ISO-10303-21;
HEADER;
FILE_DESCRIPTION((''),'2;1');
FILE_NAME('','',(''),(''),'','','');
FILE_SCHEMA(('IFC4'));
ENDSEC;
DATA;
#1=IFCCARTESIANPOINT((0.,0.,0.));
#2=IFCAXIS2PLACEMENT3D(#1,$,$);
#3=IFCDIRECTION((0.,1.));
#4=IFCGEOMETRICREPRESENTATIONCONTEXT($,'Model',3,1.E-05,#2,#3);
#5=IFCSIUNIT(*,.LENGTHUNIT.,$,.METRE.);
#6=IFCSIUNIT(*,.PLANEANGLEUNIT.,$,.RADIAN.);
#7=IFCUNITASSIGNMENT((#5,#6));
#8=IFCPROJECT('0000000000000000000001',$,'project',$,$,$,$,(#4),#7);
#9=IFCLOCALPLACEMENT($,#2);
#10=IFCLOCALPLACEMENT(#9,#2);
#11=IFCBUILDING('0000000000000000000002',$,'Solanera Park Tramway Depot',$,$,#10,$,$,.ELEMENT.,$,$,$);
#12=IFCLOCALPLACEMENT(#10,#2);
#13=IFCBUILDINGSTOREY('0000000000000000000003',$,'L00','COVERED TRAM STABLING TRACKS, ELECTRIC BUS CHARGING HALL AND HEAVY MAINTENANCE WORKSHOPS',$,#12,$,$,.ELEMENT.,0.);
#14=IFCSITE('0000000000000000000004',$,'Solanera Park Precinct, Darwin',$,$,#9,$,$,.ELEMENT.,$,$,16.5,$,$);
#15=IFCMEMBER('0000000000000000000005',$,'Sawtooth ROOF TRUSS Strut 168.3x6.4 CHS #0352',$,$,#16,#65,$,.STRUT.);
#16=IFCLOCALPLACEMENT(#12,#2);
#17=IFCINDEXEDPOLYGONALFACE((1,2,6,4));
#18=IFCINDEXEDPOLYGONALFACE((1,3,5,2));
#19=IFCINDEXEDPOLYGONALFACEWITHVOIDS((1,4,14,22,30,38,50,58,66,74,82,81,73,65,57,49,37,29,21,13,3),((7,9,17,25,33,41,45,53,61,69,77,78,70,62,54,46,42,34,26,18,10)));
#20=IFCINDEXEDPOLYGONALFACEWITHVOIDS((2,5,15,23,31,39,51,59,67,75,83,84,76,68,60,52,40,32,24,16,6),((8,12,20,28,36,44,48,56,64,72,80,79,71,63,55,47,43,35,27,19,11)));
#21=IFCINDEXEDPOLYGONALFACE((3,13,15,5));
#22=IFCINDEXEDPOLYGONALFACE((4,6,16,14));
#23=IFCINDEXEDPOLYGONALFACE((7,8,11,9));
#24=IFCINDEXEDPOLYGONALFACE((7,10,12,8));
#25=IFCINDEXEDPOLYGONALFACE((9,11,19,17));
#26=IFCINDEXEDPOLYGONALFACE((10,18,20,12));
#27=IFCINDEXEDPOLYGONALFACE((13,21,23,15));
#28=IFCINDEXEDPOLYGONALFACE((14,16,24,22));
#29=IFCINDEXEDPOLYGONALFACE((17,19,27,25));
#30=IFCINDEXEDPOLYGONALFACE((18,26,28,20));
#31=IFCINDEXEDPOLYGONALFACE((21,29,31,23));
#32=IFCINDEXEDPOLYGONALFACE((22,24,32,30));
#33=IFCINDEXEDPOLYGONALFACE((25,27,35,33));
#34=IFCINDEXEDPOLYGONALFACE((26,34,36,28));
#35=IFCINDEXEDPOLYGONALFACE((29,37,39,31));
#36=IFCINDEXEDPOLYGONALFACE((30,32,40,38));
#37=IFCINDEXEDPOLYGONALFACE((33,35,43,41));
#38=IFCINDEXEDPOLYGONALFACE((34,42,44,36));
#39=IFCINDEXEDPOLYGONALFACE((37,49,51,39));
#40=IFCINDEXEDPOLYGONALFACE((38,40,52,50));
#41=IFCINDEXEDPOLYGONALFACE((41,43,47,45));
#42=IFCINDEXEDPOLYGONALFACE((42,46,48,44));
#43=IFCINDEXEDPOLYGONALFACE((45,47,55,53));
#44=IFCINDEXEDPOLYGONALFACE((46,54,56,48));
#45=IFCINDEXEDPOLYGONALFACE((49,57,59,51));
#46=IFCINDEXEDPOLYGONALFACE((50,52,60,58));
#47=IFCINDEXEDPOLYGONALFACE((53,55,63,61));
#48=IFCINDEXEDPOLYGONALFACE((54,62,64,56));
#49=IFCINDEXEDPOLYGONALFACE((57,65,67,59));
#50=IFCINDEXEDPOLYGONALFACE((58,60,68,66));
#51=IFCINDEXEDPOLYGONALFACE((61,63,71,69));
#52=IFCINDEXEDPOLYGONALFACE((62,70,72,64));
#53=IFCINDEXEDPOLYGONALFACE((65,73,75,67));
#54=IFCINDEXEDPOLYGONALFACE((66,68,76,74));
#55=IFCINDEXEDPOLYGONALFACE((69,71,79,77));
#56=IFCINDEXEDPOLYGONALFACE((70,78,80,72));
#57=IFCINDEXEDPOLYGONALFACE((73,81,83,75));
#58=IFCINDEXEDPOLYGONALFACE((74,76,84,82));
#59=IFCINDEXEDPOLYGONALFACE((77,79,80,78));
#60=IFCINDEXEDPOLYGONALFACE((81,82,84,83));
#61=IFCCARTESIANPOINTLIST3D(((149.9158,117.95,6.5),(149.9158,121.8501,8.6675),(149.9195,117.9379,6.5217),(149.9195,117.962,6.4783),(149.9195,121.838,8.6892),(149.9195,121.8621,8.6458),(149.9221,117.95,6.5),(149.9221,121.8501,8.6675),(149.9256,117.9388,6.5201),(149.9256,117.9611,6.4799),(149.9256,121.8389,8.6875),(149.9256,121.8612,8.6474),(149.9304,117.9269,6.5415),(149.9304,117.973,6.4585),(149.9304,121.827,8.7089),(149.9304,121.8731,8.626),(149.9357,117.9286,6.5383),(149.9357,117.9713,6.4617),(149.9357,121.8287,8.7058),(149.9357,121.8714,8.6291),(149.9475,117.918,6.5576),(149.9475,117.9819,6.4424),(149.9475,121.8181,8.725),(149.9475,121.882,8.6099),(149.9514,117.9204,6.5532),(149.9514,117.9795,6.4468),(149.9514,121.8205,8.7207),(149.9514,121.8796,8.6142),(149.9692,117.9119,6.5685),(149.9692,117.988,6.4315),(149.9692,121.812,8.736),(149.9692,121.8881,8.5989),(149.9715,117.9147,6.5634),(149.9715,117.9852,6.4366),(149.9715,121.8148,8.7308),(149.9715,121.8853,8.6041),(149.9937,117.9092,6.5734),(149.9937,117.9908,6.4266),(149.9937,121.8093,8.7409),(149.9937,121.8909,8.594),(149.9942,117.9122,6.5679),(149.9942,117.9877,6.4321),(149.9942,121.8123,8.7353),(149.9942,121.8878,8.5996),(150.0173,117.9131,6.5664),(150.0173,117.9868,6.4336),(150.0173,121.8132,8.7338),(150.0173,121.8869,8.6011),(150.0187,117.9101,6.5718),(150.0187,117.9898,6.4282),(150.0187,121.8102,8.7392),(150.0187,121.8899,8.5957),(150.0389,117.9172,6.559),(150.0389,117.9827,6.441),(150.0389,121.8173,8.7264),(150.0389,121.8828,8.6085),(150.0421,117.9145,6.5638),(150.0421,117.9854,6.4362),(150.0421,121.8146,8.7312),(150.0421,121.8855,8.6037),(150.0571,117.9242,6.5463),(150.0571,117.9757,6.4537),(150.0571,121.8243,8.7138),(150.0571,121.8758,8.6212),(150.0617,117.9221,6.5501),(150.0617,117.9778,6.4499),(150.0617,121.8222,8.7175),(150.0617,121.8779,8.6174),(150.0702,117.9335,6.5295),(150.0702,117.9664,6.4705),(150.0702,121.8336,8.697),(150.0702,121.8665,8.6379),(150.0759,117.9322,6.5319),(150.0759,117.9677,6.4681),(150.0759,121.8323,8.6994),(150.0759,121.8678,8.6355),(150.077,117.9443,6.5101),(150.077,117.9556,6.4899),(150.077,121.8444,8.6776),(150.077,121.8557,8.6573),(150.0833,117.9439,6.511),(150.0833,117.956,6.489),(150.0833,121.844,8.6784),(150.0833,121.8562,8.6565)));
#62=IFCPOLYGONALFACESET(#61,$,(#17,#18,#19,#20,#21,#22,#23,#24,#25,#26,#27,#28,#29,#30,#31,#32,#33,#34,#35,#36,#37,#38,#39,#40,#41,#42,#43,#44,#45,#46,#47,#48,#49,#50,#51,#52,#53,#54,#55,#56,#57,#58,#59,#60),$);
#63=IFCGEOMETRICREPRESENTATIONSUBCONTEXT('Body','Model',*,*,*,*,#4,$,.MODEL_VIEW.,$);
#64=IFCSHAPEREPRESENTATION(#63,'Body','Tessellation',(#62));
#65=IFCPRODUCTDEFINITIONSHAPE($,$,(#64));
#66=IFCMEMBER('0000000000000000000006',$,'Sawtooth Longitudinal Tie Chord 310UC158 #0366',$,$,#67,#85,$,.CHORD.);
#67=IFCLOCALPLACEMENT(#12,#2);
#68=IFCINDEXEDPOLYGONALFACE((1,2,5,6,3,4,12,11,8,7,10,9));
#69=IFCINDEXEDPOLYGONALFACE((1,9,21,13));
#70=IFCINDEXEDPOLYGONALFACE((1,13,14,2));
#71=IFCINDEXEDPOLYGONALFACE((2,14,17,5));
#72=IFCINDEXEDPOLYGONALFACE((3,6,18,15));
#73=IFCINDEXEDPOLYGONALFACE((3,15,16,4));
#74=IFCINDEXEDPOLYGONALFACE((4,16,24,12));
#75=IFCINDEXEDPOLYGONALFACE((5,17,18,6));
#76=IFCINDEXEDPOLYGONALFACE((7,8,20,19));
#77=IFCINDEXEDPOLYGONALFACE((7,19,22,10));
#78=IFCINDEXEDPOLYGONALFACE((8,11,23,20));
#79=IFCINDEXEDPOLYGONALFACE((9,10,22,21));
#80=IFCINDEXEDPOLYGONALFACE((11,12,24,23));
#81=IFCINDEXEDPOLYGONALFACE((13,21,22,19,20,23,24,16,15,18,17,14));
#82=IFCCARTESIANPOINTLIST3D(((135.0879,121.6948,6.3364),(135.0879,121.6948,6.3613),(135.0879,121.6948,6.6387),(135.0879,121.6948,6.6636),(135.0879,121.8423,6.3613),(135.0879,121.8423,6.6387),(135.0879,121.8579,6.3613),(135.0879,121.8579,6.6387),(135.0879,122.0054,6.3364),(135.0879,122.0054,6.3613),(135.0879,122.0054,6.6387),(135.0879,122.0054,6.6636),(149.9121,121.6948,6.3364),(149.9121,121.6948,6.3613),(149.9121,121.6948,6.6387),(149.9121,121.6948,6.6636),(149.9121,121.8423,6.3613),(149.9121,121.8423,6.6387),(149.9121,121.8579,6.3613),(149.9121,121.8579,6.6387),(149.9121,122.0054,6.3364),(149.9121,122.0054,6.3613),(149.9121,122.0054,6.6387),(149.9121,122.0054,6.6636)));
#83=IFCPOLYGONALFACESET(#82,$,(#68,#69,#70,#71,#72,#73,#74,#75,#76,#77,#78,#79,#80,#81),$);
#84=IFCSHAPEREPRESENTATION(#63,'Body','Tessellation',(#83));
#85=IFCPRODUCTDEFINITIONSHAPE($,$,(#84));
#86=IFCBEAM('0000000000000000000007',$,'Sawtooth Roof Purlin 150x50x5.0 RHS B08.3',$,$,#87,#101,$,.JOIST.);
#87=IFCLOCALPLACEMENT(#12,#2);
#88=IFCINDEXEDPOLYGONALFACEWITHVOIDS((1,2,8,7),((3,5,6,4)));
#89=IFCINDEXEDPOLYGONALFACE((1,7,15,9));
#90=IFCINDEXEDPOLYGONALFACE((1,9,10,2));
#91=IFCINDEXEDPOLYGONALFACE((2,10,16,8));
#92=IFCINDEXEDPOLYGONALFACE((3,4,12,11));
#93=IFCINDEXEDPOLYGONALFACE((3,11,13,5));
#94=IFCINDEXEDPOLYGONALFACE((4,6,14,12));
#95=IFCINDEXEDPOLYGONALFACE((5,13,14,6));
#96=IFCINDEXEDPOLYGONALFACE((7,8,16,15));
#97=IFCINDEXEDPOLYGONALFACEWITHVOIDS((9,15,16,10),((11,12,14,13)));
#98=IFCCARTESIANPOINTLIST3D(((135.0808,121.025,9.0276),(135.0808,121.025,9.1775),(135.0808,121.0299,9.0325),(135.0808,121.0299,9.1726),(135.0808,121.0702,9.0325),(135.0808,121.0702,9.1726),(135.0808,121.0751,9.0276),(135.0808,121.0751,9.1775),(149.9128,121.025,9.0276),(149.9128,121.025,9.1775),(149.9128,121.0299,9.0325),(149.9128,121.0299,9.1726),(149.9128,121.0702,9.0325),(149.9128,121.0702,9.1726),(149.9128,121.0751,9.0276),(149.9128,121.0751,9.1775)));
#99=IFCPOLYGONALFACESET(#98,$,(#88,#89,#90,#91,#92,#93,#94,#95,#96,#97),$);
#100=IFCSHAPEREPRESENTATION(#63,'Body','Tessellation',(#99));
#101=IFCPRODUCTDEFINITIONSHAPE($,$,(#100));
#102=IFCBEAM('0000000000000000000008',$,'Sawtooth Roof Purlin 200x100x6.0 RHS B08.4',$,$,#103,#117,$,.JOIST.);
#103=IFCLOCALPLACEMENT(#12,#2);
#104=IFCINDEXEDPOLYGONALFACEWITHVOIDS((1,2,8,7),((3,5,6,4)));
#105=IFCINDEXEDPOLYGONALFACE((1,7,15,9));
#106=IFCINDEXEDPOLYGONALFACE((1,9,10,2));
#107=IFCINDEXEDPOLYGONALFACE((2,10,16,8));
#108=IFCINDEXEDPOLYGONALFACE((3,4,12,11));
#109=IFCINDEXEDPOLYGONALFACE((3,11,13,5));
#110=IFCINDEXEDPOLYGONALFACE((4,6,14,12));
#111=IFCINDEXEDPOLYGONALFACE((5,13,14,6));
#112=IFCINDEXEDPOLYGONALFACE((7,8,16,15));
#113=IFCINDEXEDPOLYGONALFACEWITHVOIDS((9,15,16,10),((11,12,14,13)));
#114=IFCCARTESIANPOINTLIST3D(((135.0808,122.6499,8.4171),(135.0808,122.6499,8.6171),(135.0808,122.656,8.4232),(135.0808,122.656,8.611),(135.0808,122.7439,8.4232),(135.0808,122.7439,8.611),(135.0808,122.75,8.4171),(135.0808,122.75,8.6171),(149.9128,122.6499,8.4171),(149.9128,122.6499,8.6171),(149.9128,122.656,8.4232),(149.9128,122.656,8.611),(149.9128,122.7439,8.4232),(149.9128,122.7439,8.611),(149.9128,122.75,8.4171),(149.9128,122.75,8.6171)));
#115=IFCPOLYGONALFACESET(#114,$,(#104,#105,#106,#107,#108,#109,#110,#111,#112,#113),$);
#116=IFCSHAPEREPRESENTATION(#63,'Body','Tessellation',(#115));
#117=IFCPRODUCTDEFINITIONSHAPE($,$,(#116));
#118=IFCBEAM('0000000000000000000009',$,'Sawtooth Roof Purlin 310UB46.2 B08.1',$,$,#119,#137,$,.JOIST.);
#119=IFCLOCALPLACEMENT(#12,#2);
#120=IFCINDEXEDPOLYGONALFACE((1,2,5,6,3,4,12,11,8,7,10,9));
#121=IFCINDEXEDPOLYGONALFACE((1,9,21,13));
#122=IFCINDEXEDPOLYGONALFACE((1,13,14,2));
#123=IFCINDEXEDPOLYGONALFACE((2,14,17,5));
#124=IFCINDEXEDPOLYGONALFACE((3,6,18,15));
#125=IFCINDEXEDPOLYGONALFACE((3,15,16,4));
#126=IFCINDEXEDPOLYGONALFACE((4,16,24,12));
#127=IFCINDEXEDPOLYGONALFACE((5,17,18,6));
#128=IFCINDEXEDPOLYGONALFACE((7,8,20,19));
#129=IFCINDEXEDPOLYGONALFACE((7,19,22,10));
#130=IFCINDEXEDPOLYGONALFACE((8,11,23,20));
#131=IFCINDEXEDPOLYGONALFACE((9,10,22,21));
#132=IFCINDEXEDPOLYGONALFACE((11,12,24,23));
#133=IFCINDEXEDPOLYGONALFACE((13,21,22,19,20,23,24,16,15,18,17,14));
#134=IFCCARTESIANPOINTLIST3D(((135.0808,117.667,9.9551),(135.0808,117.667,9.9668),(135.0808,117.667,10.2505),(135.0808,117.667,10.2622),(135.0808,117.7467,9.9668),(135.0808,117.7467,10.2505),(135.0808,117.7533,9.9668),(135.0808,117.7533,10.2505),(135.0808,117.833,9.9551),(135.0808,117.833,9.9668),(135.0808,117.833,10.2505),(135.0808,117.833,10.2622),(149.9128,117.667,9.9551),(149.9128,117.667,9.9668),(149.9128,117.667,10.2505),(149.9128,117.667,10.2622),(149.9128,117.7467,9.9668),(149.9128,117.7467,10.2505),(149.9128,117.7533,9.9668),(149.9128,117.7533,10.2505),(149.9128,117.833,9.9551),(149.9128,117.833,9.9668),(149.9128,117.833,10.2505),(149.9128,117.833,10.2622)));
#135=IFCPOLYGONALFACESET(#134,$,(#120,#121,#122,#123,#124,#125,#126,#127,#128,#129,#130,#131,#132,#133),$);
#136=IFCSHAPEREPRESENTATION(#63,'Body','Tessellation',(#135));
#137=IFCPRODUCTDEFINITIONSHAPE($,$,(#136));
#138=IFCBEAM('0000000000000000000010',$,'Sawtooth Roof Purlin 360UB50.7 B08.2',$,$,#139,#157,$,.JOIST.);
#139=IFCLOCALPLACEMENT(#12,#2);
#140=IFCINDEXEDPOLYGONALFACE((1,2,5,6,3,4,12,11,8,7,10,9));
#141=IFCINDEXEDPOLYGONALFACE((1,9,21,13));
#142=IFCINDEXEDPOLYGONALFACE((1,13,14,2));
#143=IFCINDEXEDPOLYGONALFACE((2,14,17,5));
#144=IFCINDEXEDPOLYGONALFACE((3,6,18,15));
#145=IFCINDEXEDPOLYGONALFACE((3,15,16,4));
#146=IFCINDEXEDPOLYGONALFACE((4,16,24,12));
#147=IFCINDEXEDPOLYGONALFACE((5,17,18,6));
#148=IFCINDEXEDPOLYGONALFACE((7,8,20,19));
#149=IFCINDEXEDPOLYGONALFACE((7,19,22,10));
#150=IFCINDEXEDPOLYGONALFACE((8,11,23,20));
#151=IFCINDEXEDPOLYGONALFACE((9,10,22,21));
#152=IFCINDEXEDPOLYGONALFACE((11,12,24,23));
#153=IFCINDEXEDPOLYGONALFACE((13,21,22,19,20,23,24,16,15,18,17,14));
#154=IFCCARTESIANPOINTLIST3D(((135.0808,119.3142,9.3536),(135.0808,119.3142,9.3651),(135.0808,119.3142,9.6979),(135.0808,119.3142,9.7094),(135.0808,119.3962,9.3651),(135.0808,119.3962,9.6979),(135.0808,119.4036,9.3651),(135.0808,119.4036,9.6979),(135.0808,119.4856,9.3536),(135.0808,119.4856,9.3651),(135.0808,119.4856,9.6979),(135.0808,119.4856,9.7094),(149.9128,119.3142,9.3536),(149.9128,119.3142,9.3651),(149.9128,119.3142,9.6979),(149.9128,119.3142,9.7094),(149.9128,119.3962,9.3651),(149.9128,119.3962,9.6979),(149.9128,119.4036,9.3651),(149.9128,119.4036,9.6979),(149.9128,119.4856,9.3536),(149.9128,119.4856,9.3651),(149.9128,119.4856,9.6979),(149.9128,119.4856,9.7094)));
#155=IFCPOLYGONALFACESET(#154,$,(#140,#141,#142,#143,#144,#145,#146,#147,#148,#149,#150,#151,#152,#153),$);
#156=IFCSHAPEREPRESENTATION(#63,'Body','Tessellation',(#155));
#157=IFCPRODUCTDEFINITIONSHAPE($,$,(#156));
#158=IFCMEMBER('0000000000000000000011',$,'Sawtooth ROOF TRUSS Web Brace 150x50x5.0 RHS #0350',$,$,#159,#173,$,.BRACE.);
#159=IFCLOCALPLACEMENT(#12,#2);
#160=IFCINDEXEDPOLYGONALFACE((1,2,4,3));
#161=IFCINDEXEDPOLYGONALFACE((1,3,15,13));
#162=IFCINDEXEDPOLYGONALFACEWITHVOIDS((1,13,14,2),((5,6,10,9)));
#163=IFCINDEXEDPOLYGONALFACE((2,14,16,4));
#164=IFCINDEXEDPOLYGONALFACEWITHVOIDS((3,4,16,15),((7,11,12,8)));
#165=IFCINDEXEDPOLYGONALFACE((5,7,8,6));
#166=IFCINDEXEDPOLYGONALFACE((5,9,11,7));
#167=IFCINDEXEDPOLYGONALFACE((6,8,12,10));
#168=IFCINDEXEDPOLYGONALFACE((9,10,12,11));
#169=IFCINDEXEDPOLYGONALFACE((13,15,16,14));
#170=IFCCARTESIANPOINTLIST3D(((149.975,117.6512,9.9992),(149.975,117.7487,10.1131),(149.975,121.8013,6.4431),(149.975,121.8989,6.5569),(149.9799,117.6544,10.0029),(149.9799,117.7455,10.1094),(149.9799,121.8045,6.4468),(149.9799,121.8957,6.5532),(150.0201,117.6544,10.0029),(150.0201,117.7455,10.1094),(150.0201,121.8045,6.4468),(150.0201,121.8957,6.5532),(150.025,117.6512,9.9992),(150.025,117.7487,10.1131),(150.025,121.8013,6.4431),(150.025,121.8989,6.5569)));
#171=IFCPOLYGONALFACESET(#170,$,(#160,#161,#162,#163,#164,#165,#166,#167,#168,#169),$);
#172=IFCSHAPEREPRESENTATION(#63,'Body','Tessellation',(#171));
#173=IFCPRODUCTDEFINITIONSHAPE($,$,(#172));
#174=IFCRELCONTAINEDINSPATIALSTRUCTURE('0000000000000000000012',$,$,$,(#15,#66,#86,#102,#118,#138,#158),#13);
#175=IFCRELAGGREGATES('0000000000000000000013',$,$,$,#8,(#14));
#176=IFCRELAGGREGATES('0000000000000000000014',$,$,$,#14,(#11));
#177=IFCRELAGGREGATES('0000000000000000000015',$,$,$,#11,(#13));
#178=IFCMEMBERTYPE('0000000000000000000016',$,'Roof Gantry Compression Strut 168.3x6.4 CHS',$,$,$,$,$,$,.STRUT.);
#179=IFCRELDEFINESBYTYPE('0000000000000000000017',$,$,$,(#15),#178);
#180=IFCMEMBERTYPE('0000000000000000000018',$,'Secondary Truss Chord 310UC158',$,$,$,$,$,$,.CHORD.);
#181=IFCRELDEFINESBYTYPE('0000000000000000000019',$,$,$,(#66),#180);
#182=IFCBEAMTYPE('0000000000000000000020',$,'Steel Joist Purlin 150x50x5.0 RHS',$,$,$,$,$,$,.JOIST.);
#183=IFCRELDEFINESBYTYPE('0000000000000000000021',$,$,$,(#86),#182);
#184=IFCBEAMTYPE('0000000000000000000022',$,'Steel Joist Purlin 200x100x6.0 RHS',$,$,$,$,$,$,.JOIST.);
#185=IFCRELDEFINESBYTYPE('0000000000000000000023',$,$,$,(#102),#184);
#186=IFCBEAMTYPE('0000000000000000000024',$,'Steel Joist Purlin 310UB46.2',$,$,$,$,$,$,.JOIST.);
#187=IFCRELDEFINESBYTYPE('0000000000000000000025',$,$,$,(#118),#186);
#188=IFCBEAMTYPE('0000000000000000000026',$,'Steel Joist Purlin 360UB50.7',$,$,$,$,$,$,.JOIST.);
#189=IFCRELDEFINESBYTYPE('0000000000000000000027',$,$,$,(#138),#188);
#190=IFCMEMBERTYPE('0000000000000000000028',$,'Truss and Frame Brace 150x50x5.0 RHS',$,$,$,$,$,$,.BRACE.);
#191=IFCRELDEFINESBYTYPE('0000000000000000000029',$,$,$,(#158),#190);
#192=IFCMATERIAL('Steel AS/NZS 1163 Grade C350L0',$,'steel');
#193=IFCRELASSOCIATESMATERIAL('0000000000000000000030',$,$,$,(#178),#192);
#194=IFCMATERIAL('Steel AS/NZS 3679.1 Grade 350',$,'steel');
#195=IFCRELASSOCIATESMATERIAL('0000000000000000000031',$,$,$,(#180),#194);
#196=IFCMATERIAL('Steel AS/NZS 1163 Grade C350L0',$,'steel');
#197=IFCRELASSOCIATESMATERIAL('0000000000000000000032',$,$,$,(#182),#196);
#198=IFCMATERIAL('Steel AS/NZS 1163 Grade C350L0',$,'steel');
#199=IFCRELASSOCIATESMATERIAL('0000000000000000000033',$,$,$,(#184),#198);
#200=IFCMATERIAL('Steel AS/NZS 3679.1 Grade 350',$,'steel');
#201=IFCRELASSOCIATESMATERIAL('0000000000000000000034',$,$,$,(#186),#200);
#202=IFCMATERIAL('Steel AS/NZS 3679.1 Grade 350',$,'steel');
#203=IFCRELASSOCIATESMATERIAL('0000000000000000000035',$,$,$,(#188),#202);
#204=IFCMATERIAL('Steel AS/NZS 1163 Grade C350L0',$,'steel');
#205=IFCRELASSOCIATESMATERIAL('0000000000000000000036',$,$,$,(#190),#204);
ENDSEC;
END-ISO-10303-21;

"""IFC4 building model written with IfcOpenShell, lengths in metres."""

from ifc_helpers import new_model, si_unit, direction, frame, origin, origin_2d, place, context, subcontext, project, spatial, hollow_rectangle, hollow_circle, i_section, extrude, material, material_profile, profile_set, type_object, element, save


model = new_model("IFC4")

# Units and contexts
model_context = context("Model", 3, precision=1e-05, world=origin(), true_north=direction((0.0, 1.0)))
body_context = subcontext(model_context, "Body", "Model", "MODEL_VIEW")
ifc_project = project(units=[si_unit("LENGTHUNIT", "METRE"), si_unit("PLANEANGLEUNIT", "RADIAN")], contexts=[model_context])

# Site, building, storey
site_placement = place(None, origin())
site = spatial("IfcSite", under=ifc_project, at=site_placement, Name="Solanera Park Precinct, Darwin", CompositionType="ELEMENT", RefElevation=16.5)
building_placement = place(site_placement, origin())
building = spatial("IfcBuilding", under=site, at=building_placement, Name="Solanera Park Tramway Depot", CompositionType="ELEMENT")
storey_placement = place(building_placement, origin())
storey = spatial("IfcBuildingStorey", under=building, at=storey_placement, Name="L00", Description="COVERED TRAM STABLING TRACKS, ELECTRIC BUS CHARGING HALL AND HEAVY MAINTENANCE WORKSHOPS", CompositionType="ELEMENT", Elevation=0.0)

# Members
ifc_material_1 = material(Name="Steel AS/NZS 1163 Grade C350L0", Category="steel")
ifc_material_profile_1 = material_profile(ifc_material_1, hollow_circle(Radius=0.0842, WallThickness=0.0063, at=origin_2d()), Name="168.3x6.4 CHS")
ifc_profile_set_1 = profile_set([ifc_material_profile_1], Name="Steel AS/NZS 1163 Grade C350L0")
member_type_1 = type_object("IfcMemberType", Name="Roof Gantry Compression Strut 168.3x6.4 CHS", PredefinedType="STRUT", material=ifc_profile_set_1)
member_1_placement = place(storey_placement, frame((150.0, 117.95, 6.5), z_axis=(0.0, 0.874088, 0.485768), x_axis=(-1.0, 0.0, 0.0)))
element("IfcMember", 1, at=member_1_placement, inside=storey, type_object=member_type_1, Name="Sawtooth ROOF TRUSS Strut 168.3x6.4 CHS #0352", PredefinedType="STRUT", context=body_context, shape_type="SweptSolid", body=[
    extrude(hollow_circle(Radius=0.0842, WallThickness=0.0063, at=origin_2d()), origin(), (0.0, 0.0, 1.0), 4.4619),
])
ifc_material_2 = material(Name="Steel AS/NZS 3679.1 Grade 350", Category="steel")
ifc_material_profile_2 = material_profile(ifc_material_2, i_section(OverallWidth=0.3105, OverallDepth=0.3271, WebThickness=0.0156, FlangeThickness=0.0249, at=origin_2d()), Name="310UC158")
ifc_profile_set_2 = profile_set([ifc_material_profile_2], Name="Steel AS/NZS 3679.1 Grade 350")
member_type_2 = type_object("IfcMemberType", Name="Secondary Truss Chord 310UC158", PredefinedType="CHORD", material=ifc_profile_set_2)
member_2_placement = place(storey_placement, frame((135.0879, 121.8501, 6.5), z_axis=(1.0, 0.0, 0.0), x_axis=(0.0, 1.0, 0.0)))
element("IfcMember", 2, at=member_2_placement, inside=storey, type_object=member_type_2, Name="Sawtooth Longitudinal Tie Chord 310UC158 #0366", PredefinedType="CHORD", context=body_context, shape_type="SweptSolid", body=[
    extrude(i_section(OverallWidth=0.3105, OverallDepth=0.3271, WebThickness=0.0156, FlangeThickness=0.0249, at=origin_2d()), origin(), (0.0, 0.0, 1.0), 14.8242),
])

# Beams
ifc_material_3 = material(Name="Steel AS/NZS 1163 Grade C350L0", Category="steel")
ifc_material_profile_3 = material_profile(ifc_material_3, hollow_rectangle(XDim=0.05, YDim=0.1499, WallThickness=0.0049, at=origin_2d()), Name="150x50x5.0 RHS")
ifc_profile_set_3 = profile_set([ifc_material_profile_3], Name="Steel AS/NZS 1163 Grade C350L0")
beam_type_1 = type_object("IfcBeamType", Name="Steel Joist Purlin 150x50x5.0 RHS", PredefinedType="JOIST", material=ifc_profile_set_3)
beam_1_placement = place(storey_placement, frame((135.0808, 121.05, 9.1025), z_axis=(1.0, 0.0, 0.0), x_axis=(0.0, 1.0, 0.0)))
element("IfcBeam", 3, at=beam_1_placement, inside=storey, type_object=beam_type_1, Name="Sawtooth Roof Purlin 150x50x5.0 RHS B08.3", PredefinedType="JOIST", context=body_context, shape_type="SweptSolid", body=[
    extrude(hollow_rectangle(XDim=0.05, YDim=0.1499, WallThickness=0.0049, at=origin_2d()), origin(), (0.0, 0.0, 1.0), 14.832),
])
ifc_material_4 = material(Name="Steel AS/NZS 1163 Grade C350L0", Category="steel")
ifc_material_profile_4 = material_profile(ifc_material_4, hollow_rectangle(XDim=0.1001, YDim=0.2, WallThickness=0.0061, at=origin_2d()), Name="200x100x6.0 RHS")
ifc_profile_set_4 = profile_set([ifc_material_profile_4], Name="Steel AS/NZS 1163 Grade C350L0")
beam_type_2 = type_object("IfcBeamType", Name="Steel Joist Purlin 200x100x6.0 RHS", PredefinedType="JOIST", material=ifc_profile_set_4)
beam_2_placement = place(storey_placement, frame((135.0808, 122.7, 8.5171), z_axis=(1.0, 0.0, 0.0), x_axis=(0.0, 1.0, 0.0)))
element("IfcBeam", 4, at=beam_2_placement, inside=storey, type_object=beam_type_2, Name="Sawtooth Roof Purlin 200x100x6.0 RHS B08.4", PredefinedType="JOIST", context=body_context, shape_type="SweptSolid", body=[
    extrude(hollow_rectangle(XDim=0.1001, YDim=0.2, WallThickness=0.0061, at=origin_2d()), origin(), (0.0, 0.0, 1.0), 14.832),
])
ifc_material_5 = material(Name="Steel AS/NZS 3679.1 Grade 350", Category="steel")
ifc_material_profile_5 = material_profile(ifc_material_5, i_section(OverallWidth=0.166, OverallDepth=0.3071, WebThickness=0.0066, FlangeThickness=0.0117, at=origin_2d()), Name="310UB46.2")
ifc_profile_set_5 = profile_set([ifc_material_profile_5], Name="Steel AS/NZS 3679.1 Grade 350")
beam_type_3 = type_object("IfcBeamType", Name="Steel Joist Purlin 310UB46.2", PredefinedType="JOIST", material=ifc_profile_set_5)
beam_3_placement = place(storey_placement, frame((135.0808, 117.75, 10.1086), z_axis=(1.0, 0.0, 0.0), x_axis=(0.0, 1.0, 0.0)))
element("IfcBeam", 5, at=beam_3_placement, inside=storey, type_object=beam_type_3, Name="Sawtooth Roof Purlin 310UB46.2 B08.1", PredefinedType="JOIST", context=body_context, shape_type="SweptSolid", body=[
    extrude(i_section(OverallWidth=0.166, OverallDepth=0.3071, WebThickness=0.0066, FlangeThickness=0.0117, at=origin_2d()), origin(), (0.0, 0.0, 1.0), 14.832),
])
ifc_material_6 = material(Name="Steel AS/NZS 3679.1 Grade 350", Category="steel")
ifc_material_profile_6 = material_profile(ifc_material_6, i_section(OverallWidth=0.1714, OverallDepth=0.3557, WebThickness=0.0073, FlangeThickness=0.0115, at=origin_2d()), Name="360UB50.7")
ifc_profile_set_6 = profile_set([ifc_material_profile_6], Name="Steel AS/NZS 3679.1 Grade 350")
beam_type_4 = type_object("IfcBeamType", Name="Steel Joist Purlin 360UB50.7", PredefinedType="JOIST", material=ifc_profile_set_6)
beam_4_placement = place(storey_placement, frame((135.0808, 119.3999, 9.5315), z_axis=(1.0, 0.0, 0.0), x_axis=(0.0, 1.0, 0.0)))
element("IfcBeam", 6, at=beam_4_placement, inside=storey, type_object=beam_type_4, Name="Sawtooth Roof Purlin 360UB50.7 B08.2", PredefinedType="JOIST", context=body_context, shape_type="SweptSolid", body=[
    extrude(i_section(OverallWidth=0.1714, OverallDepth=0.3557, WebThickness=0.0073, FlangeThickness=0.0115, at=origin_2d()), origin(), (0.0, 0.0, 1.0), 14.832),
])

# Member
ifc_material_7 = material(Name="Steel AS/NZS 1163 Grade C350L0", Category="steel")
ifc_material_profile_7 = material_profile(ifc_material_7, hollow_rectangle(XDim=0.05, YDim=0.1499, WallThickness=0.0049, at=origin_2d()), Name="150x50x5.0 RHS")
ifc_profile_set_7 = profile_set([ifc_material_profile_7], Name="Steel AS/NZS 1163 Grade C350L0")
member_type_3 = type_object("IfcMemberType", Name="Truss and Frame Brace 150x50x5.0 RHS", PredefinedType="BRACE", material=ifc_profile_set_7)
member_3_placement = place(storey_placement, frame((150.0, 121.8501, 6.5), z_axis=(0.0, -0.759357, 0.650674), x_axis=(1.0, 0.0, 0.0)))
element("IfcMember", 7, at=member_3_placement, inside=storey, type_object=member_type_3, Name="Sawtooth ROOF TRUSS Web Brace 150x50x5.0 RHS #0350", PredefinedType="BRACE", context=body_context, shape_type="SweptSolid", body=[
    extrude(hollow_rectangle(XDim=0.05, YDim=0.1499, WallThickness=0.0049, at=origin_2d()), origin(), (0.0, 0.0, 1.0), 5.4653),
])

save(model, "model.ifc")
